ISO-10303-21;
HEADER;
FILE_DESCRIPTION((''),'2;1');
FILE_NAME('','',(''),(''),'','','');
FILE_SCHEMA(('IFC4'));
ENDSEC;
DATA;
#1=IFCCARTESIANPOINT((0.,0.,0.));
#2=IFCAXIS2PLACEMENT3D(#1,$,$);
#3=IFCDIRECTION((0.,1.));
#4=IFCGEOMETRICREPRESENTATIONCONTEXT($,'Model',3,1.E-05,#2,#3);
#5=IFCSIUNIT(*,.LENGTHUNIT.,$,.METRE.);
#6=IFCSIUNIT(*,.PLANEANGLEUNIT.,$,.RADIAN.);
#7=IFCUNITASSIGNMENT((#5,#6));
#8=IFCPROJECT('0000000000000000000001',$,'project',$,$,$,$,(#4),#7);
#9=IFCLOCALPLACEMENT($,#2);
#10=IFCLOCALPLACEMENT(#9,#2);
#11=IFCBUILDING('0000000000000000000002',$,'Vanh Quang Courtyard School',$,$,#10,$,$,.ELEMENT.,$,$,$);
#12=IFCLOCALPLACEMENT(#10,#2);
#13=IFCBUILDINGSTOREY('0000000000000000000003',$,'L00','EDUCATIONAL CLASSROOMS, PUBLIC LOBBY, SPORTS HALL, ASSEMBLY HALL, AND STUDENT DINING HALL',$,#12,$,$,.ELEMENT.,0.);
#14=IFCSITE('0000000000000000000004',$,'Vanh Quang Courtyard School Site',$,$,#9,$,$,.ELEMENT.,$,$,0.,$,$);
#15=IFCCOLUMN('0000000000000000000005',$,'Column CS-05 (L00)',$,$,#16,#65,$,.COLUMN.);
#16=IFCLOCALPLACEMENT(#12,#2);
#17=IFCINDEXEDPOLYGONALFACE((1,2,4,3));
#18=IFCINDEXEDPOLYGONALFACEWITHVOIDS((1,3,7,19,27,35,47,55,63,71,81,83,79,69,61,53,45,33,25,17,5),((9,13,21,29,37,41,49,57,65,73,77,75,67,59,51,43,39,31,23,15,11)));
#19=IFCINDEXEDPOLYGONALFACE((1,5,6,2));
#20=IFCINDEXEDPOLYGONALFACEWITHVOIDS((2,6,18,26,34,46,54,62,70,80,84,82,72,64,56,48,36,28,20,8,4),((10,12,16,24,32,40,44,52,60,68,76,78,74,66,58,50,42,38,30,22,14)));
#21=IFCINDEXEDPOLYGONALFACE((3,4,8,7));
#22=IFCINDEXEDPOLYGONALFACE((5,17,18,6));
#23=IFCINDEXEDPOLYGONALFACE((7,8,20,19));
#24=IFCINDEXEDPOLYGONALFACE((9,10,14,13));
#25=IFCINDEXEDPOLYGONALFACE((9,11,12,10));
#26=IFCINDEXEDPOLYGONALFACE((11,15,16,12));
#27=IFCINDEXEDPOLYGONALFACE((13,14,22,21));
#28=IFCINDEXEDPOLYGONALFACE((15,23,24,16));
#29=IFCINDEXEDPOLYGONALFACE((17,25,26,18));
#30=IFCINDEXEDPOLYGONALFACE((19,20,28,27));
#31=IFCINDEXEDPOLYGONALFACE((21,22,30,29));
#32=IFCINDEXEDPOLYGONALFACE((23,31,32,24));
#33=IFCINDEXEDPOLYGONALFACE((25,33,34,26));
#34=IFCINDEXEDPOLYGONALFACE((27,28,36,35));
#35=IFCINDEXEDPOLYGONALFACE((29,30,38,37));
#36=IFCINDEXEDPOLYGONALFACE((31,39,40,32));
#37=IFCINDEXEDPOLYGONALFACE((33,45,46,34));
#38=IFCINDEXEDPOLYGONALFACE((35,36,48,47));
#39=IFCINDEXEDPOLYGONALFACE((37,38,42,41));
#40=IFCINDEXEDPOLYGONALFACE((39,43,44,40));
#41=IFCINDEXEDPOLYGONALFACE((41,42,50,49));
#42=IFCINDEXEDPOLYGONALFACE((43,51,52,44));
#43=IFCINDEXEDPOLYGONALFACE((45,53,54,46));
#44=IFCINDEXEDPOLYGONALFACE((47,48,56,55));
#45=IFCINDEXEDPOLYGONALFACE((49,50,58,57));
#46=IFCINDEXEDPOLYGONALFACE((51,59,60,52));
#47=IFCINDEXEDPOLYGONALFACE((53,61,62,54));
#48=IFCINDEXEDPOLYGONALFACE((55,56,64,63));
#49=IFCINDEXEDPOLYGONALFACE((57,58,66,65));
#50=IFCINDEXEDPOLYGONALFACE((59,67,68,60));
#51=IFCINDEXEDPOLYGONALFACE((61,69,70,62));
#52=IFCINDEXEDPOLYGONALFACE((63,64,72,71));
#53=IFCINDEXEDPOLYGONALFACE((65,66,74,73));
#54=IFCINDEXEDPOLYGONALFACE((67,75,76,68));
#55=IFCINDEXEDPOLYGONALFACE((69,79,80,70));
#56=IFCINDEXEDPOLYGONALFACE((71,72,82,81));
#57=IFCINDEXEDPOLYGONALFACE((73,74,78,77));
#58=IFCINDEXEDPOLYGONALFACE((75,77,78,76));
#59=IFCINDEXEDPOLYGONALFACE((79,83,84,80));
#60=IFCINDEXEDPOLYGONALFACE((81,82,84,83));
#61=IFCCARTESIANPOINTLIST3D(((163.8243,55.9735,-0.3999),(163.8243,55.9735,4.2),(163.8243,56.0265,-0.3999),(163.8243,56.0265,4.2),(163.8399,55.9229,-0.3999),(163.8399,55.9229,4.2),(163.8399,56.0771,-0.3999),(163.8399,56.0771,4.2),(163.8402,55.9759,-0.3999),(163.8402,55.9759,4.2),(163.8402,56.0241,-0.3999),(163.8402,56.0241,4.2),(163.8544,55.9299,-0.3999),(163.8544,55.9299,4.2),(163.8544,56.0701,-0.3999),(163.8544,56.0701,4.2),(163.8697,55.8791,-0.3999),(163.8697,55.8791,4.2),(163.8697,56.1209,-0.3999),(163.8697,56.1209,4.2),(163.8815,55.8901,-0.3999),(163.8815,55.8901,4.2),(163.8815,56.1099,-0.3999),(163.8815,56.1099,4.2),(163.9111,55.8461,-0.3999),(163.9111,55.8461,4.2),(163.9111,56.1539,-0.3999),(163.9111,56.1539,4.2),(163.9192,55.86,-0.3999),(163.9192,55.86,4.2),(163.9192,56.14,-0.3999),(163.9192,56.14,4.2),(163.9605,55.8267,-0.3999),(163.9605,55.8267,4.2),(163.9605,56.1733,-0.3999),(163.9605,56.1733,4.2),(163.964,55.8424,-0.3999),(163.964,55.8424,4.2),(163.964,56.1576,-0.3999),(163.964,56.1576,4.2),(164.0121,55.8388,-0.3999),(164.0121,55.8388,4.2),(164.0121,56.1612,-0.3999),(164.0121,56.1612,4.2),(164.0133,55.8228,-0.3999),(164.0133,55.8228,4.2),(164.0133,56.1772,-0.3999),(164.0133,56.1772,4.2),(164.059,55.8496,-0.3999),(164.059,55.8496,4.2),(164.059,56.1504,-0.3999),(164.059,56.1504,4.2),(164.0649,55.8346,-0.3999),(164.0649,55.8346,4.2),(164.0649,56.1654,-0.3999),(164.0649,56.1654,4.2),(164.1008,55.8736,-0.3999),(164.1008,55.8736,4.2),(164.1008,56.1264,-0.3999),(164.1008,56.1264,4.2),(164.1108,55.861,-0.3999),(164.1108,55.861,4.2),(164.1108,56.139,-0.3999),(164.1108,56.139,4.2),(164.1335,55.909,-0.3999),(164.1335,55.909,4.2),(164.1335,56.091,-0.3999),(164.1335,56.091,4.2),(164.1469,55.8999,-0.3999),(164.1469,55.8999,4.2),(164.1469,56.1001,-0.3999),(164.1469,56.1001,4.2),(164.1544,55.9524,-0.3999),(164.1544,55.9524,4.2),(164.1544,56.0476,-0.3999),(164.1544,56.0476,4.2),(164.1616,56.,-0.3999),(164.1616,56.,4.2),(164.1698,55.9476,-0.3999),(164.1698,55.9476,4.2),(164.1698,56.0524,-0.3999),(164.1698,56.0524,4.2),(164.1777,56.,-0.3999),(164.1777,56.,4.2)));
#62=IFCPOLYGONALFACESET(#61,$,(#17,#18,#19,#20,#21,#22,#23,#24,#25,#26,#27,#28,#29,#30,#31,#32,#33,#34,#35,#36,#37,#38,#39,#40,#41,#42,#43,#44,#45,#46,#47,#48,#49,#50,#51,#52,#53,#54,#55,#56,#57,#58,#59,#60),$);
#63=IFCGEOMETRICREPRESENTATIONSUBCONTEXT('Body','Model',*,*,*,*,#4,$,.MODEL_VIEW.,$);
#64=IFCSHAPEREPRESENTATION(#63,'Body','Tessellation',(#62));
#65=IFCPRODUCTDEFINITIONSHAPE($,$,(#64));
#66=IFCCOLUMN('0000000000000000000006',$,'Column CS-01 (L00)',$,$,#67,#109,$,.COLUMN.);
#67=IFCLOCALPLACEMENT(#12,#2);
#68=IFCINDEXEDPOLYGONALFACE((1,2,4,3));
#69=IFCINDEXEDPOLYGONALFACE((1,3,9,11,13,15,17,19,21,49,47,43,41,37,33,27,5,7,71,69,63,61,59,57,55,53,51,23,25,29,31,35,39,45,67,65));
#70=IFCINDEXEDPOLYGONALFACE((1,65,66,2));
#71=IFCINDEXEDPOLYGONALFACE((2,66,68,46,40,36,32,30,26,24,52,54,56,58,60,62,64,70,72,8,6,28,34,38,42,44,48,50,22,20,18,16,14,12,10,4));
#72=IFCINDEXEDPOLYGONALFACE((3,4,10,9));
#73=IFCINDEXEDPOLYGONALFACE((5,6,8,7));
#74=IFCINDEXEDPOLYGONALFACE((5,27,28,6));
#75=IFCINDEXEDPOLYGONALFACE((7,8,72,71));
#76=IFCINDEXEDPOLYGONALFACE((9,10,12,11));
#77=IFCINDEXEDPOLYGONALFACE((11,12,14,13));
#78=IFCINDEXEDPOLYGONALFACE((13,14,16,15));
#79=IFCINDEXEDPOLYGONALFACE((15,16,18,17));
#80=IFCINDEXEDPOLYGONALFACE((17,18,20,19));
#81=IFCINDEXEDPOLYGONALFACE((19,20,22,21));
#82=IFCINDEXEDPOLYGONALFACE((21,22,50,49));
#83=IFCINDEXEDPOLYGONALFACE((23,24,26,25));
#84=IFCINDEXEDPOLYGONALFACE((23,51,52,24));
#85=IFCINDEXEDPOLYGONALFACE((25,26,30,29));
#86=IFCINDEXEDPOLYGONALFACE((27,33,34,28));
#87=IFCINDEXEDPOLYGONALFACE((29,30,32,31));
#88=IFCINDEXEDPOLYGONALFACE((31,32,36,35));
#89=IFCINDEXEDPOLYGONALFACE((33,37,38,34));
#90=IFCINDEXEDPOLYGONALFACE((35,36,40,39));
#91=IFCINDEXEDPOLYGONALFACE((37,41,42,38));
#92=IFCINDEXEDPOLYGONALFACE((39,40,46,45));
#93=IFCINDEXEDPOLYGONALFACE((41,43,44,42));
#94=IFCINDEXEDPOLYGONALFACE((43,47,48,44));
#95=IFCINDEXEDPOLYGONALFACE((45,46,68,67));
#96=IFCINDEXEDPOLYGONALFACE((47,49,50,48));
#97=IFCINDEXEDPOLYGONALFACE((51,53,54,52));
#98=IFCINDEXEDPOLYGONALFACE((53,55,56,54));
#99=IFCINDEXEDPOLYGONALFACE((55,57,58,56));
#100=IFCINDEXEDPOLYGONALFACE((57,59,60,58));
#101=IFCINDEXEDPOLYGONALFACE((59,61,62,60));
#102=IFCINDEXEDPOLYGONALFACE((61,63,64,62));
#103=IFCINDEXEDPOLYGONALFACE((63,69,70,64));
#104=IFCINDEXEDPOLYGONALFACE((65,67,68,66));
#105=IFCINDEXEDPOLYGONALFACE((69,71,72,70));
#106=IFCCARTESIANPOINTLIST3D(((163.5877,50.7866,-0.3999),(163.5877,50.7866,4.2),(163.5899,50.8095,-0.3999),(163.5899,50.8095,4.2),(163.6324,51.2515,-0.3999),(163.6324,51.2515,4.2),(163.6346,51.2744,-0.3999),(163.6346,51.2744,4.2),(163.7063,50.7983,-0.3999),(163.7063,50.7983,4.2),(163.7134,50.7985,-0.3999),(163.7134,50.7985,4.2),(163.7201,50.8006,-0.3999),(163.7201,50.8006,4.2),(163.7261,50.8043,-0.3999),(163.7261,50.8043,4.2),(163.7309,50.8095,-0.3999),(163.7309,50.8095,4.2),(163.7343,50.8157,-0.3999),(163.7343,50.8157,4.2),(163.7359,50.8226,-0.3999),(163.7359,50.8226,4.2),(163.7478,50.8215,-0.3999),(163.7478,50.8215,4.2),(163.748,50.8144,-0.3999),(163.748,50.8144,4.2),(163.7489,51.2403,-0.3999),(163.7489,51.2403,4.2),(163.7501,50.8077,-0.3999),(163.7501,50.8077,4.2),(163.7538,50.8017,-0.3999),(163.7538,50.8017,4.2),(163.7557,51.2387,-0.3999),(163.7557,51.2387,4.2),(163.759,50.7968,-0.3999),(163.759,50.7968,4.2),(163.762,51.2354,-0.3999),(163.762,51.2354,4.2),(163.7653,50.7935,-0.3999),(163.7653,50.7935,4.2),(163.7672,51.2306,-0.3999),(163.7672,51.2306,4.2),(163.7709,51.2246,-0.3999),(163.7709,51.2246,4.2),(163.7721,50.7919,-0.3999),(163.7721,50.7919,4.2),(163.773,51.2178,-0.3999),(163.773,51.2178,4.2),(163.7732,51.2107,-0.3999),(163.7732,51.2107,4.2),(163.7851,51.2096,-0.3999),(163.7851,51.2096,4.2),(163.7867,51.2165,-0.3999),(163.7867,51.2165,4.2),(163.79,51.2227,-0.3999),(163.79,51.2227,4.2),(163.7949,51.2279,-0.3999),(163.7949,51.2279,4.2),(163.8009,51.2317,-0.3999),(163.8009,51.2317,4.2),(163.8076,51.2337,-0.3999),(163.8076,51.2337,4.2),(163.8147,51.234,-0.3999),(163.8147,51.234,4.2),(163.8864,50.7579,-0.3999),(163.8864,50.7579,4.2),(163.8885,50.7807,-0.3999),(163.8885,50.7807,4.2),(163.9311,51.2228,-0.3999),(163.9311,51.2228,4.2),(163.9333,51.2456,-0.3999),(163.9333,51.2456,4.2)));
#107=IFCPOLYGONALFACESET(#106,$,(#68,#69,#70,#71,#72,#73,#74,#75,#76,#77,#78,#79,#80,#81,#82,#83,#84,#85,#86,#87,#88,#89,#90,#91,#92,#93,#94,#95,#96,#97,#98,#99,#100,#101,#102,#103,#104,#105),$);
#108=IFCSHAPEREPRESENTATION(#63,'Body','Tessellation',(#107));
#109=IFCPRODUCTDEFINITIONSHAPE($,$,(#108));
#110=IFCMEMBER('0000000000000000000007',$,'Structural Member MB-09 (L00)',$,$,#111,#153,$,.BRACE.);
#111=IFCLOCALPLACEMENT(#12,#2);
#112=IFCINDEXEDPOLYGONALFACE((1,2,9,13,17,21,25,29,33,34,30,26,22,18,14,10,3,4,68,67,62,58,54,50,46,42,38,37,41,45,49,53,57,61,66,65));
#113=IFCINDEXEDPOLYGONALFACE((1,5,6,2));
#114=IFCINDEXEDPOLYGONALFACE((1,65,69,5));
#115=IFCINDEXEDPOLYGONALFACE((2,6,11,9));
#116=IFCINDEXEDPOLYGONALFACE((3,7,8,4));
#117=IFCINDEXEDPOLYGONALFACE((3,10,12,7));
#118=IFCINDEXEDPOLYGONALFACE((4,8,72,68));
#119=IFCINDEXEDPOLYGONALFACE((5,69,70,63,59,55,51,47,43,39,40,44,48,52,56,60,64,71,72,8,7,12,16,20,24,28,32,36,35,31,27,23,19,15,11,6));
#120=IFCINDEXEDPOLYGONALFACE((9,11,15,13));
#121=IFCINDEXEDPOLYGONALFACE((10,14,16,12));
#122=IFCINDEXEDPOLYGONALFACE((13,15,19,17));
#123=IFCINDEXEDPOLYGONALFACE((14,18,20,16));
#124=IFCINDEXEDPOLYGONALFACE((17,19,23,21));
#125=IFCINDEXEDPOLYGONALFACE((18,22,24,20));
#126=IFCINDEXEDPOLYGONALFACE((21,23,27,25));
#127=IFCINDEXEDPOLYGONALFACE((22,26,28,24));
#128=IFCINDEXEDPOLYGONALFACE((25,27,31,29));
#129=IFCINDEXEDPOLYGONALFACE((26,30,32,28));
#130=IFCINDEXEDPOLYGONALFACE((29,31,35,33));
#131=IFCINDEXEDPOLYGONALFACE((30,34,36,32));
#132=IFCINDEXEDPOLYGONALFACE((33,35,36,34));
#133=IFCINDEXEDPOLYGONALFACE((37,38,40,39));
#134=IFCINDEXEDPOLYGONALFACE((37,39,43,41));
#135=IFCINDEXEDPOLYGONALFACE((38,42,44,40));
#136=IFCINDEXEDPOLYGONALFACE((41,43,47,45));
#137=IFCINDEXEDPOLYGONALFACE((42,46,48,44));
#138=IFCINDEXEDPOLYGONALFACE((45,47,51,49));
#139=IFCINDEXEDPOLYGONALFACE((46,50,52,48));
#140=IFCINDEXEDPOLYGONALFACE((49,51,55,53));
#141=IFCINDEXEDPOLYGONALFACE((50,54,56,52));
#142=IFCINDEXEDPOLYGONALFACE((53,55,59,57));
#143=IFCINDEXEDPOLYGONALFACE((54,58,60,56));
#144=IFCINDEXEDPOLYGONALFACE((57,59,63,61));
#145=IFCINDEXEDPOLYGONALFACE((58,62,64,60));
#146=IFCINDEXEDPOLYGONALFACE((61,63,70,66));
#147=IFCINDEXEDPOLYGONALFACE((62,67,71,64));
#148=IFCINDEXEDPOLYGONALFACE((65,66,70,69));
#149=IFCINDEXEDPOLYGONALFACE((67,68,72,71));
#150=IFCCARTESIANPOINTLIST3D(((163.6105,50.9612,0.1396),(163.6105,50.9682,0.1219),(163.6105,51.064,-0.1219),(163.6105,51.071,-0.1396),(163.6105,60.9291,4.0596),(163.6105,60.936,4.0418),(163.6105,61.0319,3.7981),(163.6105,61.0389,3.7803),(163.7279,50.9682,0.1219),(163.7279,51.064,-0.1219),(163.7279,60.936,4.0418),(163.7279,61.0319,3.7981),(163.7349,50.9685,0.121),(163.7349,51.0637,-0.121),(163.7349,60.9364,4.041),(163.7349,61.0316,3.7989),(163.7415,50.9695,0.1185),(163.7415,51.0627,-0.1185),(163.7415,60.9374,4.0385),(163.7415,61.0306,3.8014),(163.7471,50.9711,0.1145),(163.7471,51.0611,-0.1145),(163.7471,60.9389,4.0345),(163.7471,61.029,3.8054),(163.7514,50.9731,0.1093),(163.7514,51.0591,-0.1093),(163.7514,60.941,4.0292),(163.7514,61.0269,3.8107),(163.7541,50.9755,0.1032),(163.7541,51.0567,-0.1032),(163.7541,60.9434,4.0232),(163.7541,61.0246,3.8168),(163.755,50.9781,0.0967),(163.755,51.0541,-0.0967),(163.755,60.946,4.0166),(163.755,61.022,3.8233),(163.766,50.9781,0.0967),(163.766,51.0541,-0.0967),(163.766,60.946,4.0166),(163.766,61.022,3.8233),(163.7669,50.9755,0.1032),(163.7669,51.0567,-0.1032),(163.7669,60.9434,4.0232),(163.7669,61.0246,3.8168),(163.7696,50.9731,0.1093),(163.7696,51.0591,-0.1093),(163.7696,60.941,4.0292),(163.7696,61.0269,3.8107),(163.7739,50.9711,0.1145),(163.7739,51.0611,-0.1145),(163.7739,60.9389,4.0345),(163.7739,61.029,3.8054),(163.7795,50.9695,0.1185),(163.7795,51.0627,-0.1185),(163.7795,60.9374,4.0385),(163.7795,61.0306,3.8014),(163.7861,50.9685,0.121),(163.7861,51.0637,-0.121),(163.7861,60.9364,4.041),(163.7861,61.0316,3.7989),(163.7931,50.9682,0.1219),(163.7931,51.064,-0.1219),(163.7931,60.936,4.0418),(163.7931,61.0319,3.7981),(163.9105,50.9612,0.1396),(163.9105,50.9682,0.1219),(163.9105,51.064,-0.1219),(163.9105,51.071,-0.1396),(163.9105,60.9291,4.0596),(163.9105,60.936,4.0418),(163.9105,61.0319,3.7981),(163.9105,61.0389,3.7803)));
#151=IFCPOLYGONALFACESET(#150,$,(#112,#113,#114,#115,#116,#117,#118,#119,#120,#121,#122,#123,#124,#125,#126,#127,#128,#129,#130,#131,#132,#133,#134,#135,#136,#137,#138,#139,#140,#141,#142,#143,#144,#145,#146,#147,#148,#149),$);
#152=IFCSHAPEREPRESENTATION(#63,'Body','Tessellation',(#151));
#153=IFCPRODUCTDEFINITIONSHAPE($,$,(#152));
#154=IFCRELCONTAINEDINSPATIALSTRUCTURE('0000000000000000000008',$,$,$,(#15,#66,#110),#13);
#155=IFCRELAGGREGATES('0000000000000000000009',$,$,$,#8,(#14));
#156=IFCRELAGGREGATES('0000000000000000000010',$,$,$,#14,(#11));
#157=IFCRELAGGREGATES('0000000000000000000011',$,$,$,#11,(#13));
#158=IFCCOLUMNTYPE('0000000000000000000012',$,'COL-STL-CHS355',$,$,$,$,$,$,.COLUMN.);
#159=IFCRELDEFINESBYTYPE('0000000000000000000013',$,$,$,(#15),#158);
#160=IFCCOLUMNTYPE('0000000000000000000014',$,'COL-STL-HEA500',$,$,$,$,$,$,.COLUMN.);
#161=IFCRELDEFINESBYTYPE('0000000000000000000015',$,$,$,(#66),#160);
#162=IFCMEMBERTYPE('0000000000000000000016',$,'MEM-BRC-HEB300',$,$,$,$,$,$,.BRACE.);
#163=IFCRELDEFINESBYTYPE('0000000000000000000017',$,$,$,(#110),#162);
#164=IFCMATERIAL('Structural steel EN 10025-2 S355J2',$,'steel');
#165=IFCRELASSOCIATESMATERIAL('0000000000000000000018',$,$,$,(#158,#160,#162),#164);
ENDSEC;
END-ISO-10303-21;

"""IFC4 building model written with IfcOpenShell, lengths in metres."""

from ifc_helpers import new_model, si_unit, direction, frame, origin, origin_2d, place, context, subcontext, project, spatial, hollow_circle, i_section, extrude, material, material_profile, profile_set, type_object, element, save


model = new_model("IFC4")

# Units and contexts
model_context = context("Model", 3, precision=1e-05, world=origin(), true_north=direction((0.0, 1.0)))
body_context = subcontext(model_context, "Body", "Model", "MODEL_VIEW")
ifc_project = project(units=[si_unit("LENGTHUNIT", "METRE"), si_unit("PLANEANGLEUNIT", "RADIAN")], contexts=[model_context])

# Site, building, storey
site_placement = place(None, origin())
site = spatial("IfcSite", under=ifc_project, at=site_placement, Name="Vanh Quang Courtyard School Site", CompositionType="ELEMENT", RefElevation=0.0)
building_placement = place(site_placement, origin())
building = spatial("IfcBuilding", under=site, at=building_placement, Name="Vanh Quang Courtyard School", CompositionType="ELEMENT")
storey_placement = place(building_placement, origin())
storey = spatial("IfcBuildingStorey", under=building, at=storey_placement, Name="L00", Description="EDUCATIONAL CLASSROOMS, PUBLIC LOBBY, SPORTS HALL, ASSEMBLY HALL, AND STUDENT DINING HALL", CompositionType="ELEMENT", Elevation=0.0)

# Columns
ifc_material_1 = material(Name="Structural steel EN 10025-2 S355J2", Category="steel")
ifc_material_profile_1 = material_profile(ifc_material_1, hollow_circle(Radius=0.1777, WallThickness=0.0161, at=origin_2d()), Name="CHS 355.6x16")
ifc_profile_set_1 = profile_set([ifc_material_profile_1], Name="Structural steel EN 10025-2 S355J2")
column_type_1 = type_object("IfcColumnType", Name="COL-STL-CHS355", PredefinedType="COLUMN", material=ifc_profile_set_1)
for number, where, z_axis, x_axis, name in (
    (1, (164.0, 56.0, -0.3999), (0.0, 0.0, 1.0), (1.0, 0.0, 0.0), "Column CS-05 (L00)"),
):
    element("IfcColumn", number, at=place(storey_placement, frame(where, z_axis=z_axis, x_axis=x_axis)), inside=storey, type_object=column_type_1, Name=name, PredefinedType="COLUMN", context=body_context, shape_type="SweptSolid", body=[
        extrude(hollow_circle(Radius=0.1777, WallThickness=0.0161, at=origin_2d()), origin(), (0.0, 0.0, 1.0), 4.5999),
    ])
ifc_material_profile_2 = material_profile(ifc_material_1, i_section(OverallWidth=0.3, OverallDepth=0.49, WebThickness=0.012, FlangeThickness=0.0229, FilletRadius=0.0271, at=origin_2d()), Name="HEA 500")
ifc_profile_set_2 = profile_set([ifc_material_profile_2], Name="Structural steel EN 10025-2 S355J2")
column_type_2 = type_object("IfcColumnType", Name="COL-STL-HEA500", PredefinedType="COLUMN", material=ifc_profile_set_2)
column_placement = place(storey_placement, frame((163.7605, 51.0161, -0.3999), z_axis=(0.0, 0.0, 1.0), x_axis=(0.995396, -0.095846, 0.0)))
element("IfcColumn", 2, at=column_placement, inside=storey, type_object=column_type_2, Name="Column CS-01 (L00)", PredefinedType="COLUMN", context=body_context, shape_type="SweptSolid", body=[
    extrude(i_section(OverallWidth=0.3, OverallDepth=0.49, WebThickness=0.012, FlangeThickness=0.0229, FilletRadius=0.0271, at=origin_2d()), origin(), (0.0, 0.0, 1.0), 4.5999),
])

# Member
ifc_material_profile_3 = material_profile(ifc_material_1, i_section(OverallWidth=0.3, OverallDepth=0.3, WebThickness=0.011, FlangeThickness=0.019, FilletRadius=0.0271, at=origin_2d()), Name="HEB 300")
ifc_profile_set_3 = profile_set([ifc_material_profile_3], Name="Structural steel EN 10025-2 S355J2")
member_type = type_object("IfcMemberType", Name="MEM-BRC-HEB300", PredefinedType="BRACE", material=ifc_profile_set_3)
member_1_placement = place(storey_placement, frame((163.7605, 51.0161, 0.0), z_axis=(0.0, 0.930624, 0.365977), x_axis=(-1.0, 0.0, 0.0)))
element("IfcMember", 3, at=member_1_placement, inside=storey, type_object=member_type, Name="Structural Member MB-09 (L00)", PredefinedType="BRACE", context=body_context, shape_type="SweptSolid", body=[
    extrude(i_section(OverallWidth=0.3, OverallDepth=0.3, WebThickness=0.011, FlangeThickness=0.019, FilletRadius=0.0271, at=origin_2d()), origin(), (0.0, 0.0, 1.0), 10.7109),
])

save(model, "model.ifc")
